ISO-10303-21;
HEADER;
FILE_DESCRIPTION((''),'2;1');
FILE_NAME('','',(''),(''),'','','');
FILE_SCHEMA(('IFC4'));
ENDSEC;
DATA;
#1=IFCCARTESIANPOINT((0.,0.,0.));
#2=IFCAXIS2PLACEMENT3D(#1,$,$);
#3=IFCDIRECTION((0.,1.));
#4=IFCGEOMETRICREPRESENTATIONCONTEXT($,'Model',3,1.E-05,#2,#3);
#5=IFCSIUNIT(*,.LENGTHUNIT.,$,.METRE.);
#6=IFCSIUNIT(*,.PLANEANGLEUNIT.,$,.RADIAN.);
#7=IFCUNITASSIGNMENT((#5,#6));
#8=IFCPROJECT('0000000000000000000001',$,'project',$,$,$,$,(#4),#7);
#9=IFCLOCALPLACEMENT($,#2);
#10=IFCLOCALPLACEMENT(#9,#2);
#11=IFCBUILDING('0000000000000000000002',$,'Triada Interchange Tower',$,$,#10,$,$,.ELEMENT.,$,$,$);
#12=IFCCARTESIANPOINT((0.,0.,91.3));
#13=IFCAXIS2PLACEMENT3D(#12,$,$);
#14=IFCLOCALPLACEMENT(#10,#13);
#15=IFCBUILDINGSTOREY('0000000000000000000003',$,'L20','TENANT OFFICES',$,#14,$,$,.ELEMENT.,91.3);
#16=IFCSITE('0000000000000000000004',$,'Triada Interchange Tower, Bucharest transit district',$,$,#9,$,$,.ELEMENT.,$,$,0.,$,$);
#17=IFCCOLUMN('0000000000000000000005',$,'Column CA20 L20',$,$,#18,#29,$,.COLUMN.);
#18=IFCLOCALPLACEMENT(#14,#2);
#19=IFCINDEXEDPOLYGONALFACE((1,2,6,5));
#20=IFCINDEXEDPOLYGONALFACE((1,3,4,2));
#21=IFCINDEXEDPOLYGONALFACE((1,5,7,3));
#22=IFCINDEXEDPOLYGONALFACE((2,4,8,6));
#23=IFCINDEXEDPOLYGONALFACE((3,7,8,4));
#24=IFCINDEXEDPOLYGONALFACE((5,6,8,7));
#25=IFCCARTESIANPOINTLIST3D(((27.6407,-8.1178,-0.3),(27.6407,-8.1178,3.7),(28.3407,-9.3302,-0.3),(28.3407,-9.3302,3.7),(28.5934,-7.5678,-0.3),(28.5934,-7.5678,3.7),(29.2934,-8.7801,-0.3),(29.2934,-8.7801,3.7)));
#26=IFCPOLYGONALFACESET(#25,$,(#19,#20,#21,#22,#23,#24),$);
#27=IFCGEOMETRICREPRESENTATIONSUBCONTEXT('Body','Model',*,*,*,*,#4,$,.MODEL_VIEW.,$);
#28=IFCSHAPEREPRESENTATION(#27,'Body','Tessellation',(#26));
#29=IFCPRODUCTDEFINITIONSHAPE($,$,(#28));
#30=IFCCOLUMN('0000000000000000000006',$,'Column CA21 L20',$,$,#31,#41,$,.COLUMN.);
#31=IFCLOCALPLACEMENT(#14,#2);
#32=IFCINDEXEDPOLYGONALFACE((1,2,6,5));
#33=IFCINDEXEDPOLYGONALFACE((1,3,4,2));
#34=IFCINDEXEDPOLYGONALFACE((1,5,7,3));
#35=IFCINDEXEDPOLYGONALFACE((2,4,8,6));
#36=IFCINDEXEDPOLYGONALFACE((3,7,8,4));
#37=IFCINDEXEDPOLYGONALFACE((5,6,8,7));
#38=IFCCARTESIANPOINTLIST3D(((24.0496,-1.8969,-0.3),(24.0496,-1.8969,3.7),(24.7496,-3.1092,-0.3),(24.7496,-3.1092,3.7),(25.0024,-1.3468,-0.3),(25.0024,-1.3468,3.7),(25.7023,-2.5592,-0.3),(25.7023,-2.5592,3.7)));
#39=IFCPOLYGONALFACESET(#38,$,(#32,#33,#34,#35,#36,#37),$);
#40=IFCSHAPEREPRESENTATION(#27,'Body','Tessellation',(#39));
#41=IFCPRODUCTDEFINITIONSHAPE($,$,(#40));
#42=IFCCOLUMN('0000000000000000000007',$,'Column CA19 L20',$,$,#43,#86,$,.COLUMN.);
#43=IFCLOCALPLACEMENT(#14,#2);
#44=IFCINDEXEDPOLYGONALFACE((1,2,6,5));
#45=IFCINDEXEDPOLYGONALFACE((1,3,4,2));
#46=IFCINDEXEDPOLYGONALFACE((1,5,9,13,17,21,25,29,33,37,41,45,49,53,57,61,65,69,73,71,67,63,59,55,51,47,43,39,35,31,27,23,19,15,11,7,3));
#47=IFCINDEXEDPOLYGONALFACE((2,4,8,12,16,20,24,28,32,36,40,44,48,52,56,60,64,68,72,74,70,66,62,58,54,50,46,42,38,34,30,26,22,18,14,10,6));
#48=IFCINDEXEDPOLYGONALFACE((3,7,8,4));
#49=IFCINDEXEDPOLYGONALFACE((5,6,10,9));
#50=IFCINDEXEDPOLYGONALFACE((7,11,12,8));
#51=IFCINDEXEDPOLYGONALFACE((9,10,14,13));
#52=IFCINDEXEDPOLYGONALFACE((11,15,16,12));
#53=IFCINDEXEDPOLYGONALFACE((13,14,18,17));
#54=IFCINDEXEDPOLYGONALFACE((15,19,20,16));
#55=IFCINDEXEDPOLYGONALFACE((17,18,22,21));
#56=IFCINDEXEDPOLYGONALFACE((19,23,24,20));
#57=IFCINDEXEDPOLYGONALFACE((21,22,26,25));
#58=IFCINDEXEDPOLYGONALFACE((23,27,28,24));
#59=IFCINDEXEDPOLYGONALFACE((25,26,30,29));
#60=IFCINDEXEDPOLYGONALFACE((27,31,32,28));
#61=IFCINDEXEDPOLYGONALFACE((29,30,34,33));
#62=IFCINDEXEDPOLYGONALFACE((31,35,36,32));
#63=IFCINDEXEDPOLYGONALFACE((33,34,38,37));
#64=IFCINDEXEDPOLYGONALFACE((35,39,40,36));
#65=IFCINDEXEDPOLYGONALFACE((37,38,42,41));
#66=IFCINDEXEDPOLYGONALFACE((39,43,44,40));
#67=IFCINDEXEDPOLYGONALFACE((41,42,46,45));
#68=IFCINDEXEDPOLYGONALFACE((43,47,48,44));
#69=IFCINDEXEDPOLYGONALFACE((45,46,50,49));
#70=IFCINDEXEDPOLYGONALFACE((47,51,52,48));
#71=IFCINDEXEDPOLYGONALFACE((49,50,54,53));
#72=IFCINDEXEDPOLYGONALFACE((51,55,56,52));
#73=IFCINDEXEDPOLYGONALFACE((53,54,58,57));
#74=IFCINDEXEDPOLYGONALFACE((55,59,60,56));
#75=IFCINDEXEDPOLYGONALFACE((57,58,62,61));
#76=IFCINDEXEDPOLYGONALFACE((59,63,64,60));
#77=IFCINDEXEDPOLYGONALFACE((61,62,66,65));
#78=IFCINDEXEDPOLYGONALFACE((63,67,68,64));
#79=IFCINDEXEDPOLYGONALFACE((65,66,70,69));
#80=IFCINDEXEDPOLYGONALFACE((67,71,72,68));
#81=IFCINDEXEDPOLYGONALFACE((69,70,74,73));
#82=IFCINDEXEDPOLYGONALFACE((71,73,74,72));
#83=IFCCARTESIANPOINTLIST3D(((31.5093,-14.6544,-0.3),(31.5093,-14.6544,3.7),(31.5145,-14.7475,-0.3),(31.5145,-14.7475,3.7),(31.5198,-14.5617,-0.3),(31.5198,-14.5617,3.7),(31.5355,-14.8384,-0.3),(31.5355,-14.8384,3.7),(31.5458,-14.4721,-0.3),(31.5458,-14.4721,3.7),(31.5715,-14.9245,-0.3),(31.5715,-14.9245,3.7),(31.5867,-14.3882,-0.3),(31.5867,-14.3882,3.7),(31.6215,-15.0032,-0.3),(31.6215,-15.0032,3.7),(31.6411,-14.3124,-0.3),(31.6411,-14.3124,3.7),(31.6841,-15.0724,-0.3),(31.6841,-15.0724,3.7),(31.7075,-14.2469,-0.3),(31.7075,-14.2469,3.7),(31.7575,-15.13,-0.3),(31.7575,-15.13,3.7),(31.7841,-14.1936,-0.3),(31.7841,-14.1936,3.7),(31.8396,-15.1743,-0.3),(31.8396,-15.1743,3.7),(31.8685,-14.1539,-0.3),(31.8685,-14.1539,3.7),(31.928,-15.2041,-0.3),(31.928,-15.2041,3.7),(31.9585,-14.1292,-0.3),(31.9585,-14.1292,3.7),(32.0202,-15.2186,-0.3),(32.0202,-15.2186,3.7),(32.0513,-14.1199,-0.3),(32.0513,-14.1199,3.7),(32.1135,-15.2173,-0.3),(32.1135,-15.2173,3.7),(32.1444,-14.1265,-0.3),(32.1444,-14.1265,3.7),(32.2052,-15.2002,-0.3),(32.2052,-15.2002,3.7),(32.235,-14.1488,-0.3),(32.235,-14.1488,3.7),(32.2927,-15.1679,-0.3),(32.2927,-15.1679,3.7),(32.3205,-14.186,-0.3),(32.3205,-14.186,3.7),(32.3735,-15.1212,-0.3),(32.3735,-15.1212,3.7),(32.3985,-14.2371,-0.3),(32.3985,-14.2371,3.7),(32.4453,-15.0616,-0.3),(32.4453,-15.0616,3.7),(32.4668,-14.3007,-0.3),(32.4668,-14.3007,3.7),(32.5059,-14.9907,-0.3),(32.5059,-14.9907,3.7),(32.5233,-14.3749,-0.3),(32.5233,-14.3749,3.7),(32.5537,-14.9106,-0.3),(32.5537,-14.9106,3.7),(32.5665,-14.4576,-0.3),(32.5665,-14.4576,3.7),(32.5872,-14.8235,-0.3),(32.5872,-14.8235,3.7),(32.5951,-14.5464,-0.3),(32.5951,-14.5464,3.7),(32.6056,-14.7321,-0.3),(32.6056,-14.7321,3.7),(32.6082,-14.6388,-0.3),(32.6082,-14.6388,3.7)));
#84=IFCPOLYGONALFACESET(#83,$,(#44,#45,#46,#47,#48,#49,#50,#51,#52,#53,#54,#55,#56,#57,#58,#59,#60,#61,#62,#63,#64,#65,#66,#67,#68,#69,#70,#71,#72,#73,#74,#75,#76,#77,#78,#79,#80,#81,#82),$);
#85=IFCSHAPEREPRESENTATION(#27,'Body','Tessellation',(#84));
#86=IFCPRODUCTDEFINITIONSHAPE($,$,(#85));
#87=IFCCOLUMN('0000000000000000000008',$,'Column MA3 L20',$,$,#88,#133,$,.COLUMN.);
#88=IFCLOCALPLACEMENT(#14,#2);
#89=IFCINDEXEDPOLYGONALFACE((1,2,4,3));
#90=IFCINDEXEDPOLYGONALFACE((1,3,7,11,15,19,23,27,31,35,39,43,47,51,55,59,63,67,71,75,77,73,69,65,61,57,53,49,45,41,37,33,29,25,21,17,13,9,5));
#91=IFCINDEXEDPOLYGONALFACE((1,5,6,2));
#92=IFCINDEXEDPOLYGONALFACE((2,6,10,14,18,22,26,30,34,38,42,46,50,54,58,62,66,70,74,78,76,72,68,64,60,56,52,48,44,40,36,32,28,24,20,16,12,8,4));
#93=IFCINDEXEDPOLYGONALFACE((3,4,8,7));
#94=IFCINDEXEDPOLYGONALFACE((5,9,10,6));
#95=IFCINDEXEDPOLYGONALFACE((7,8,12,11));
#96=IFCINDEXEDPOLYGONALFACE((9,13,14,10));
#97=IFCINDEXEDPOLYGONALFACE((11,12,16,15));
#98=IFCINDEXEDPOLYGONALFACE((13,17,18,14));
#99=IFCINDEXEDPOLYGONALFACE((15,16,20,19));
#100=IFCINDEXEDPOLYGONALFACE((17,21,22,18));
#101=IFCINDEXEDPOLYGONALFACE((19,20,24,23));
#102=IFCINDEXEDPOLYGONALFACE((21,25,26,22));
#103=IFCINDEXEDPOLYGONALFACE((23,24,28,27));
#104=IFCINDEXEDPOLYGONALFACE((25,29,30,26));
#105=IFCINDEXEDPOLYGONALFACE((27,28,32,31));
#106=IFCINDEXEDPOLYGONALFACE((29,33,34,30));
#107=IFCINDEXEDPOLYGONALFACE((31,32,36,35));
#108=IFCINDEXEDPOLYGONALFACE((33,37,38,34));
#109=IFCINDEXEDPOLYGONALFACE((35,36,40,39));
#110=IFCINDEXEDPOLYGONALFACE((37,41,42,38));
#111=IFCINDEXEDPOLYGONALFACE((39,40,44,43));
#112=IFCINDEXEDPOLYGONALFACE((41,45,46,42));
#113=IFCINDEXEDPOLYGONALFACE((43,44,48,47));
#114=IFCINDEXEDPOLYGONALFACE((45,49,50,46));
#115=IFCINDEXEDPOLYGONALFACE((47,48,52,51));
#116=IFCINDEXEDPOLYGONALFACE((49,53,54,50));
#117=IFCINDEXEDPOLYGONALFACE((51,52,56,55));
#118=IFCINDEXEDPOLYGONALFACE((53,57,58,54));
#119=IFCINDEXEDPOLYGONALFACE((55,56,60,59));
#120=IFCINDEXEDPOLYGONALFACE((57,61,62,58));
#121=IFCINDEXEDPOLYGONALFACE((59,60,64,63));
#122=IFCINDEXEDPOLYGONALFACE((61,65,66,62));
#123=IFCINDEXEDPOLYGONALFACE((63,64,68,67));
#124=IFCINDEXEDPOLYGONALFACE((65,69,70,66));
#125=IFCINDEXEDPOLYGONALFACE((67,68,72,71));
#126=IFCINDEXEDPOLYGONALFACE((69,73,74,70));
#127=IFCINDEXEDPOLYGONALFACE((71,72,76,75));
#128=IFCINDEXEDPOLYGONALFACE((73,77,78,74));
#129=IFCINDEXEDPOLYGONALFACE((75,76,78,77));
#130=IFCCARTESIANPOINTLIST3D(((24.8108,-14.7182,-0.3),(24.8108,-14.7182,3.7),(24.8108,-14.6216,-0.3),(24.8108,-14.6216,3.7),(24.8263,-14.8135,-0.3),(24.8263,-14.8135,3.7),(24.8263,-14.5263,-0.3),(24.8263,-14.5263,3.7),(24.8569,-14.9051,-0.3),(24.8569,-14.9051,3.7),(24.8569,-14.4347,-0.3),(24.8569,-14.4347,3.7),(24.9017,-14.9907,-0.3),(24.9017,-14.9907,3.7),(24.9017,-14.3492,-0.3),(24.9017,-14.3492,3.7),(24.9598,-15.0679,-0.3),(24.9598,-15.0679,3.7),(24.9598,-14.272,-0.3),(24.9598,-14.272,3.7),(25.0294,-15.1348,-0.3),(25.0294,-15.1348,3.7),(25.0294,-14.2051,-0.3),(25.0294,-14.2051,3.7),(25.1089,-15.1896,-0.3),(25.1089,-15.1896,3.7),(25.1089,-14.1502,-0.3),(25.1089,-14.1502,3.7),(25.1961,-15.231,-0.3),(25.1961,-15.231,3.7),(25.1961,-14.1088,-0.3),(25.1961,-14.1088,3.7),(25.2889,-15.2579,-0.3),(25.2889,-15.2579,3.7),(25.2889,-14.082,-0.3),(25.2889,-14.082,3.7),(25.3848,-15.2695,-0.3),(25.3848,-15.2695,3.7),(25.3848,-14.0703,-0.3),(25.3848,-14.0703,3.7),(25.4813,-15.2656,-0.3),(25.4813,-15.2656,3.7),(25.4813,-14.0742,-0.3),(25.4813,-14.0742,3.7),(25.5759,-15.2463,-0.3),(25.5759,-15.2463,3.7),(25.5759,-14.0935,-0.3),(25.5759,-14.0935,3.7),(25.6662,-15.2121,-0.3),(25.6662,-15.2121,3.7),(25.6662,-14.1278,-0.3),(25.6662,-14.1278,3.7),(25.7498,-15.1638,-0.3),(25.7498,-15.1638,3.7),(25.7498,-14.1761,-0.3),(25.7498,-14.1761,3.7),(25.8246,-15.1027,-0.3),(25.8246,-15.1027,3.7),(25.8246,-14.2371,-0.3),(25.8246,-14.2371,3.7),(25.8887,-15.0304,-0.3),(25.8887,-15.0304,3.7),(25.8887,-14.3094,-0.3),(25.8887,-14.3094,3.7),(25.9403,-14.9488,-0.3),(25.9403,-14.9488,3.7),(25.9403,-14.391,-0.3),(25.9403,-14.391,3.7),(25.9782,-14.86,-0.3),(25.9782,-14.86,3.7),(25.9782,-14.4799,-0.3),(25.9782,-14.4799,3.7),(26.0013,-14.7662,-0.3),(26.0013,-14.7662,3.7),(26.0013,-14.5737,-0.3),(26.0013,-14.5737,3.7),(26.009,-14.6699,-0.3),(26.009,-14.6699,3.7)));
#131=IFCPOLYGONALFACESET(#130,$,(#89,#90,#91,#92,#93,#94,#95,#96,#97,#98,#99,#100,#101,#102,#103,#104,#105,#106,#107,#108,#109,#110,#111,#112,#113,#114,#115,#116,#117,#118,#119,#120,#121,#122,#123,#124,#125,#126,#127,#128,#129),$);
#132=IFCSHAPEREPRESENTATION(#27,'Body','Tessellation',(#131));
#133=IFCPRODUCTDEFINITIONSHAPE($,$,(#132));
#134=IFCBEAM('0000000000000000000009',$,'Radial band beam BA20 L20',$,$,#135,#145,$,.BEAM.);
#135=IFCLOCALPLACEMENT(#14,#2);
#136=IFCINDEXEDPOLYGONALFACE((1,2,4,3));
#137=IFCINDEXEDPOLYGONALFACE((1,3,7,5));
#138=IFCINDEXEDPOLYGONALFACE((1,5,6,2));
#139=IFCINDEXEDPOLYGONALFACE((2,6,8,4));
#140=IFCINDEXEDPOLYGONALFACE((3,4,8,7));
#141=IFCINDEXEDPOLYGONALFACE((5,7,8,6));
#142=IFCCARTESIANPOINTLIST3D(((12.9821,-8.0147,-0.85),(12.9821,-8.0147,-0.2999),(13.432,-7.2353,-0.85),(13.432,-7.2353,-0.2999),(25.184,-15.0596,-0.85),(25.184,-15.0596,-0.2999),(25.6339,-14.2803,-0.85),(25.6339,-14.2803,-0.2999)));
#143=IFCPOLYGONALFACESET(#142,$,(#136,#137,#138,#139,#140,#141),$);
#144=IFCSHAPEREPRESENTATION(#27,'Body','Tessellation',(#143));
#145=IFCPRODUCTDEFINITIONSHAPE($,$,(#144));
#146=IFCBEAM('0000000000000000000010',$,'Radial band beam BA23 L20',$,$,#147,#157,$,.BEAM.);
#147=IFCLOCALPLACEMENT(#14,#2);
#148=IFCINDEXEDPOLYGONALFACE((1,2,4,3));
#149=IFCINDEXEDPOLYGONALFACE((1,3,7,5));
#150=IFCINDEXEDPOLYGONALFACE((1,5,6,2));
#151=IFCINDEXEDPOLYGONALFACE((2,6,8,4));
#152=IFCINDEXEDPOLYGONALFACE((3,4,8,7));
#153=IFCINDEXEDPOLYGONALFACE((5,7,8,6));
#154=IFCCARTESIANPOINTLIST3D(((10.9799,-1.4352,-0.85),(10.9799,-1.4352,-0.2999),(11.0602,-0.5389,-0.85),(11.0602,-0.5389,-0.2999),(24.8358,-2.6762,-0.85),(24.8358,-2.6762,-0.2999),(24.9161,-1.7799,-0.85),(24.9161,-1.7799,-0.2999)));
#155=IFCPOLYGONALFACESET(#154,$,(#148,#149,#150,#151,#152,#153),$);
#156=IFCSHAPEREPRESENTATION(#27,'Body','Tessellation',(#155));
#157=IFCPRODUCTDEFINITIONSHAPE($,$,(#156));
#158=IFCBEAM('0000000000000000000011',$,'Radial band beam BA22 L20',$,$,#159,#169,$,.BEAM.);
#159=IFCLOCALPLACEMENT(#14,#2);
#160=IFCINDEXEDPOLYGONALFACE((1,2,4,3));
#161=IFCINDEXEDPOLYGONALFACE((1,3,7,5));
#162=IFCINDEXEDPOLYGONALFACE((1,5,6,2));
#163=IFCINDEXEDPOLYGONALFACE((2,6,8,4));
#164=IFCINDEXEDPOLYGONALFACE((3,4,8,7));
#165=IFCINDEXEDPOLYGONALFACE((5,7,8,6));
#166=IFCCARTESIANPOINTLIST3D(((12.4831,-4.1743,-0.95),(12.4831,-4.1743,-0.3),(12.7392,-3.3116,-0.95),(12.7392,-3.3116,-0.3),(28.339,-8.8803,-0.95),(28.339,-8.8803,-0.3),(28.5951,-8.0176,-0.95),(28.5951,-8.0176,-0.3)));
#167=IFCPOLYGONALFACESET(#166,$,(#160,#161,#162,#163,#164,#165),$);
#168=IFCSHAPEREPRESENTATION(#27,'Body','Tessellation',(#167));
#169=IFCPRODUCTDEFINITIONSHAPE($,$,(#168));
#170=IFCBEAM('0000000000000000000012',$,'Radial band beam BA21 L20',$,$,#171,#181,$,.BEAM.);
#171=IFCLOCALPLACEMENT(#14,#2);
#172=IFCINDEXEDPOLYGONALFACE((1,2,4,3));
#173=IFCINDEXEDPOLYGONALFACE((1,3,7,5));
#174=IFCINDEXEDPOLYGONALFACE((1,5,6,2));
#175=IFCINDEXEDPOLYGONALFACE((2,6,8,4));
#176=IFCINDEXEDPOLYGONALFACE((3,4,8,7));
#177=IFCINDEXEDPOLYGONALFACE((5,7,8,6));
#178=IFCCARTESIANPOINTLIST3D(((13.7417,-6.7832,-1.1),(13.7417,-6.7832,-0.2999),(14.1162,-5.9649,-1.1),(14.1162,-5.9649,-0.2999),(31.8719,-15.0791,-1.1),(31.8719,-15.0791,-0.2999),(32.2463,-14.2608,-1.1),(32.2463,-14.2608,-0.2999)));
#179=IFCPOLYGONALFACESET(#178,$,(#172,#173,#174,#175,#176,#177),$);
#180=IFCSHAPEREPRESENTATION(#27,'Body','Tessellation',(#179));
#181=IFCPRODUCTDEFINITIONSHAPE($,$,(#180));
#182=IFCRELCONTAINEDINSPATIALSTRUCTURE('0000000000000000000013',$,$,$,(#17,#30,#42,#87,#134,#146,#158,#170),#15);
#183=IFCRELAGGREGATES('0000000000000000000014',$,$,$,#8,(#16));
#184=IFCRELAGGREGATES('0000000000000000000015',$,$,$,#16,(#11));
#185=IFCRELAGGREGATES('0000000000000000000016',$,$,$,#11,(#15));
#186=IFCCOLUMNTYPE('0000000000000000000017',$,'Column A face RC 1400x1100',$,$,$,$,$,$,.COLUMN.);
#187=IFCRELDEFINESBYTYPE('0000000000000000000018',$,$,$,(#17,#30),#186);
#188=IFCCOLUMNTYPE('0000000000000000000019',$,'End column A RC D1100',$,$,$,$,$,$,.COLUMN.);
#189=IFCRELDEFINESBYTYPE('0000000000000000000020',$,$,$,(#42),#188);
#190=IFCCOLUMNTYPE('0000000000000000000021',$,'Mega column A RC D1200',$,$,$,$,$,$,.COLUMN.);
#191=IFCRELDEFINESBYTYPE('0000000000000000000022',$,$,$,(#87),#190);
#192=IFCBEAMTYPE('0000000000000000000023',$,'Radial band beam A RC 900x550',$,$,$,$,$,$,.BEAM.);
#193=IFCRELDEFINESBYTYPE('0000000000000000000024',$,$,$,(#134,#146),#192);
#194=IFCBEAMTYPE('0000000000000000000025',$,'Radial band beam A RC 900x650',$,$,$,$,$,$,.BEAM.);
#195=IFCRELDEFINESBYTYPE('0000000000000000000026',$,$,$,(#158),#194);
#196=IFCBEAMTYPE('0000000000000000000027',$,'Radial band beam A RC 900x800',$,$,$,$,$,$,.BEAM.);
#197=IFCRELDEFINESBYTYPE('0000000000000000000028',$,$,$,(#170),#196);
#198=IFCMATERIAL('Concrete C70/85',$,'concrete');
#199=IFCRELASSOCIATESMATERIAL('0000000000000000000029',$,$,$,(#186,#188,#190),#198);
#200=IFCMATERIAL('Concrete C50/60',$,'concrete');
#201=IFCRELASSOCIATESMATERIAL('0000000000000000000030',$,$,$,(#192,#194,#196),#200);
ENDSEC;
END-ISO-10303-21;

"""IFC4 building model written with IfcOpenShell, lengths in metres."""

from ifc_helpers import new_model, si_unit, direction, frame, origin, origin_2d, place, context, subcontext, project, spatial, rectangle, circle, extrude, material, material_profile, profile_set, type_object, element, save


model = new_model("IFC4")

# Units and contexts
model_context = context("Model", 3, precision=1e-05, world=origin(), true_north=direction((0.0, 1.0)))
body_context = subcontext(model_context, "Body", "Model", "MODEL_VIEW")
ifc_project = project(units=[si_unit("LENGTHUNIT", "METRE"), si_unit("PLANEANGLEUNIT", "RADIAN")], contexts=[model_context])

# Site, building, storey
site_placement = place(None, origin())
site = spatial("IfcSite", under=ifc_project, at=site_placement, Name="Triada Interchange Tower, Bucharest transit district", CompositionType="ELEMENT", RefElevation=0.0)
building_placement = place(site_placement, origin())
building = spatial("IfcBuilding", under=site, at=building_placement, Name="Triada Interchange Tower", CompositionType="ELEMENT")
storey_placement = place(building_placement, frame((0.0, 0.0, 91.3)))
storey = spatial("IfcBuildingStorey", under=building, at=storey_placement, Name="L20", Description="TENANT OFFICES", CompositionType="ELEMENT", Elevation=91.3)

# Columns
ifc_material_1 = material(Name="Concrete C70/85", Category="concrete")
ifc_material_profile_1 = material_profile(ifc_material_1, rectangle(XDim=1.3999, YDim=1.1001, at=origin_2d()), Name="RC 1400x1100")
ifc_profile_set_1 = profile_set([ifc_material_profile_1], Name="Concrete C70/85")
column_type_1 = type_object("IfcColumnType", Name="Column A face RC 1400x1100", PredefinedType="COLUMN", material=ifc_profile_set_1)
for number, where, z_axis, x_axis, name in (
    (1, (28.467, -8.449, -0.3), (0.0, 0.0, 1.0), (-0.5, 0.866025, 0.0), "Column CA20 L20"),
    (2, (24.876, -2.228, -0.3), (0.0, 0.0, 1.0), (-0.5, 0.866025, 0.0), "Column CA21 L20"),
):
    element("IfcColumn", number, at=place(storey_placement, frame(where, z_axis=z_axis, x_axis=x_axis)), inside=storey, type_object=column_type_1, Name=name, PredefinedType="COLUMN", context=body_context, shape_type="SweptSolid", body=[
        extrude(rectangle(XDim=1.3999, YDim=1.1001, at=origin_2d()), origin(), (0.0, 0.0, 1.0), 4.0),
    ])
ifc_material_profile_2 = material_profile(ifc_material_1, circle(Radius=0.55, at=origin_2d()), Name="RC D1100")
ifc_profile_set_2 = profile_set([ifc_material_profile_2], Name="Concrete C70/85")
column_type_2 = type_object("IfcColumnType", Name="End column A RC D1100", PredefinedType="COLUMN", material=ifc_profile_set_2)
column_1_placement = place(storey_placement, frame((32.0591, -14.6699, -0.3), z_axis=(0.0, 0.0, 1.0), x_axis=(-0.5, 0.866025, 0.0)))
element("IfcColumn", 3, at=column_1_placement, inside=storey, type_object=column_type_2, Name="Column CA19 L20", PredefinedType="COLUMN", context=body_context, shape_type="SweptSolid", body=[
    extrude(circle(Radius=0.55, at=origin_2d()), origin(), (0.0, 0.0, 1.0), 4.0),
])
ifc_material_profile_3 = material_profile(ifc_material_1, circle(Radius=0.6001, at=origin_2d()), Name="RC D1200")
ifc_profile_set_3 = profile_set([ifc_material_profile_3], Name="Concrete C70/85")
column_type_3 = type_object("IfcColumnType", Name="Mega column A RC D1200", PredefinedType="COLUMN", material=ifc_profile_set_3)
column_2_placement = place(storey_placement, frame((25.4089, -14.6699, -0.3), z_axis=(0.0, 0.0, 1.0), x_axis=(1.0, 0.0, 0.0)))
element("IfcColumn", 4, at=column_2_placement, inside=storey, type_object=column_type_3, Name="Column MA3 L20", PredefinedType="COLUMN", context=body_context, shape_type="SweptSolid", body=[
    extrude(circle(Radius=0.6001, at=origin_2d()), origin(), (0.0, 0.0, 1.0), 4.0),
])

# Beams
ifc_material_2 = material(Name="Concrete C50/60", Category="concrete")
ifc_material_profile_4 = material_profile(ifc_material_2, rectangle(XDim=0.8999, YDim=0.55, at=origin_2d()), Name="RC 900x550")
ifc_profile_set_4 = profile_set([ifc_material_profile_4], Name="Concrete C50/60")
beam_type_1 = type_object("IfcBeamType", Name="Radial band beam A RC 900x550", PredefinedType="BEAM", material=ifc_profile_set_4)
beam_1_placement = place(storey_placement, frame((25.4089, -14.6699, -0.575), z_axis=(-0.866021, 0.500008, 0.0), x_axis=(-0.500008, -0.866021, 0.0)))
element("IfcBeam", 5, at=beam_1_placement, inside=storey, type_object=beam_type_1, Name="Radial band beam BA20 L20", PredefinedType="BEAM", context=body_context, shape_type="SweptSolid", body=[
    extrude(rectangle(XDim=0.8999, YDim=0.55, at=origin_2d()), origin(), (0.0, 0.0, 1.0), 14.0896),
])
beam_2_placement = place(storey_placement, frame((24.876, -2.228, -0.575), z_axis=(-0.996013, 0.089205, 0.0), x_axis=(-0.089205, -0.996013, 0.0)))
element("IfcBeam", 6, at=beam_2_placement, inside=storey, type_object=beam_type_1, Name="Radial band beam BA23 L20", PredefinedType="BEAM", context=body_context, shape_type="SweptSolid", body=[
    extrude(rectangle(XDim=0.8999, YDim=0.55, at=origin_2d()), origin(), (0.0, 0.0, 1.0), 13.9114),
])
ifc_material_profile_5 = material_profile(ifc_material_2, rectangle(XDim=0.8999, YDim=0.6499, at=origin_2d()), Name="RC 900x650")
ifc_profile_set_5 = profile_set([ifc_material_profile_5], Name="Concrete C50/60")
beam_type_2 = type_object("IfcBeamType", Name="Radial band beam A RC 900x650", PredefinedType="BEAM", material=ifc_profile_set_5)
beam_3_placement = place(storey_placement, frame((28.467, -8.449, -0.625), z_axis=(-0.958666, 0.284533, 0.0), x_axis=(-0.284533, -0.958666, 0.0)))
element("IfcBeam", 7, at=beam_3_placement, inside=storey, type_object=beam_type_2, Name="Radial band beam BA22 L20", PredefinedType="BEAM", context=body_context, shape_type="SweptSolid", body=[
    extrude(rectangle(XDim=0.8999, YDim=0.6499, at=origin_2d()), origin(), (0.0, 0.0, 1.0), 16.5396),
])
ifc_material_profile_6 = material_profile(ifc_material_2, rectangle(XDim=0.8999, YDim=0.8, at=origin_2d()), Name="RC 900x800")
ifc_profile_set_6 = profile_set([ifc_material_profile_6], Name="Concrete C50/60")
beam_type_3 = type_object("IfcBeamType", Name="Radial band beam A RC 900x800", PredefinedType="BEAM", material=ifc_profile_set_6)
beam_4_placement = place(storey_placement, frame((32.0591, -14.6699, -0.7), z_axis=(-0.909326, 0.416085, 0.0), x_axis=(-0.416085, -0.909326, 0.0)))
element("IfcBeam", 8, at=beam_4_placement, inside=storey, type_object=beam_type_3, Name="Radial band beam BA21 L20", PredefinedType="BEAM", context=body_context, shape_type="SweptSolid", body=[
    extrude(rectangle(XDim=0.8999, YDim=0.8, at=origin_2d()), origin(), (0.0, 0.0, 1.0), 19.938),
])

save(model, "model.ifc")
